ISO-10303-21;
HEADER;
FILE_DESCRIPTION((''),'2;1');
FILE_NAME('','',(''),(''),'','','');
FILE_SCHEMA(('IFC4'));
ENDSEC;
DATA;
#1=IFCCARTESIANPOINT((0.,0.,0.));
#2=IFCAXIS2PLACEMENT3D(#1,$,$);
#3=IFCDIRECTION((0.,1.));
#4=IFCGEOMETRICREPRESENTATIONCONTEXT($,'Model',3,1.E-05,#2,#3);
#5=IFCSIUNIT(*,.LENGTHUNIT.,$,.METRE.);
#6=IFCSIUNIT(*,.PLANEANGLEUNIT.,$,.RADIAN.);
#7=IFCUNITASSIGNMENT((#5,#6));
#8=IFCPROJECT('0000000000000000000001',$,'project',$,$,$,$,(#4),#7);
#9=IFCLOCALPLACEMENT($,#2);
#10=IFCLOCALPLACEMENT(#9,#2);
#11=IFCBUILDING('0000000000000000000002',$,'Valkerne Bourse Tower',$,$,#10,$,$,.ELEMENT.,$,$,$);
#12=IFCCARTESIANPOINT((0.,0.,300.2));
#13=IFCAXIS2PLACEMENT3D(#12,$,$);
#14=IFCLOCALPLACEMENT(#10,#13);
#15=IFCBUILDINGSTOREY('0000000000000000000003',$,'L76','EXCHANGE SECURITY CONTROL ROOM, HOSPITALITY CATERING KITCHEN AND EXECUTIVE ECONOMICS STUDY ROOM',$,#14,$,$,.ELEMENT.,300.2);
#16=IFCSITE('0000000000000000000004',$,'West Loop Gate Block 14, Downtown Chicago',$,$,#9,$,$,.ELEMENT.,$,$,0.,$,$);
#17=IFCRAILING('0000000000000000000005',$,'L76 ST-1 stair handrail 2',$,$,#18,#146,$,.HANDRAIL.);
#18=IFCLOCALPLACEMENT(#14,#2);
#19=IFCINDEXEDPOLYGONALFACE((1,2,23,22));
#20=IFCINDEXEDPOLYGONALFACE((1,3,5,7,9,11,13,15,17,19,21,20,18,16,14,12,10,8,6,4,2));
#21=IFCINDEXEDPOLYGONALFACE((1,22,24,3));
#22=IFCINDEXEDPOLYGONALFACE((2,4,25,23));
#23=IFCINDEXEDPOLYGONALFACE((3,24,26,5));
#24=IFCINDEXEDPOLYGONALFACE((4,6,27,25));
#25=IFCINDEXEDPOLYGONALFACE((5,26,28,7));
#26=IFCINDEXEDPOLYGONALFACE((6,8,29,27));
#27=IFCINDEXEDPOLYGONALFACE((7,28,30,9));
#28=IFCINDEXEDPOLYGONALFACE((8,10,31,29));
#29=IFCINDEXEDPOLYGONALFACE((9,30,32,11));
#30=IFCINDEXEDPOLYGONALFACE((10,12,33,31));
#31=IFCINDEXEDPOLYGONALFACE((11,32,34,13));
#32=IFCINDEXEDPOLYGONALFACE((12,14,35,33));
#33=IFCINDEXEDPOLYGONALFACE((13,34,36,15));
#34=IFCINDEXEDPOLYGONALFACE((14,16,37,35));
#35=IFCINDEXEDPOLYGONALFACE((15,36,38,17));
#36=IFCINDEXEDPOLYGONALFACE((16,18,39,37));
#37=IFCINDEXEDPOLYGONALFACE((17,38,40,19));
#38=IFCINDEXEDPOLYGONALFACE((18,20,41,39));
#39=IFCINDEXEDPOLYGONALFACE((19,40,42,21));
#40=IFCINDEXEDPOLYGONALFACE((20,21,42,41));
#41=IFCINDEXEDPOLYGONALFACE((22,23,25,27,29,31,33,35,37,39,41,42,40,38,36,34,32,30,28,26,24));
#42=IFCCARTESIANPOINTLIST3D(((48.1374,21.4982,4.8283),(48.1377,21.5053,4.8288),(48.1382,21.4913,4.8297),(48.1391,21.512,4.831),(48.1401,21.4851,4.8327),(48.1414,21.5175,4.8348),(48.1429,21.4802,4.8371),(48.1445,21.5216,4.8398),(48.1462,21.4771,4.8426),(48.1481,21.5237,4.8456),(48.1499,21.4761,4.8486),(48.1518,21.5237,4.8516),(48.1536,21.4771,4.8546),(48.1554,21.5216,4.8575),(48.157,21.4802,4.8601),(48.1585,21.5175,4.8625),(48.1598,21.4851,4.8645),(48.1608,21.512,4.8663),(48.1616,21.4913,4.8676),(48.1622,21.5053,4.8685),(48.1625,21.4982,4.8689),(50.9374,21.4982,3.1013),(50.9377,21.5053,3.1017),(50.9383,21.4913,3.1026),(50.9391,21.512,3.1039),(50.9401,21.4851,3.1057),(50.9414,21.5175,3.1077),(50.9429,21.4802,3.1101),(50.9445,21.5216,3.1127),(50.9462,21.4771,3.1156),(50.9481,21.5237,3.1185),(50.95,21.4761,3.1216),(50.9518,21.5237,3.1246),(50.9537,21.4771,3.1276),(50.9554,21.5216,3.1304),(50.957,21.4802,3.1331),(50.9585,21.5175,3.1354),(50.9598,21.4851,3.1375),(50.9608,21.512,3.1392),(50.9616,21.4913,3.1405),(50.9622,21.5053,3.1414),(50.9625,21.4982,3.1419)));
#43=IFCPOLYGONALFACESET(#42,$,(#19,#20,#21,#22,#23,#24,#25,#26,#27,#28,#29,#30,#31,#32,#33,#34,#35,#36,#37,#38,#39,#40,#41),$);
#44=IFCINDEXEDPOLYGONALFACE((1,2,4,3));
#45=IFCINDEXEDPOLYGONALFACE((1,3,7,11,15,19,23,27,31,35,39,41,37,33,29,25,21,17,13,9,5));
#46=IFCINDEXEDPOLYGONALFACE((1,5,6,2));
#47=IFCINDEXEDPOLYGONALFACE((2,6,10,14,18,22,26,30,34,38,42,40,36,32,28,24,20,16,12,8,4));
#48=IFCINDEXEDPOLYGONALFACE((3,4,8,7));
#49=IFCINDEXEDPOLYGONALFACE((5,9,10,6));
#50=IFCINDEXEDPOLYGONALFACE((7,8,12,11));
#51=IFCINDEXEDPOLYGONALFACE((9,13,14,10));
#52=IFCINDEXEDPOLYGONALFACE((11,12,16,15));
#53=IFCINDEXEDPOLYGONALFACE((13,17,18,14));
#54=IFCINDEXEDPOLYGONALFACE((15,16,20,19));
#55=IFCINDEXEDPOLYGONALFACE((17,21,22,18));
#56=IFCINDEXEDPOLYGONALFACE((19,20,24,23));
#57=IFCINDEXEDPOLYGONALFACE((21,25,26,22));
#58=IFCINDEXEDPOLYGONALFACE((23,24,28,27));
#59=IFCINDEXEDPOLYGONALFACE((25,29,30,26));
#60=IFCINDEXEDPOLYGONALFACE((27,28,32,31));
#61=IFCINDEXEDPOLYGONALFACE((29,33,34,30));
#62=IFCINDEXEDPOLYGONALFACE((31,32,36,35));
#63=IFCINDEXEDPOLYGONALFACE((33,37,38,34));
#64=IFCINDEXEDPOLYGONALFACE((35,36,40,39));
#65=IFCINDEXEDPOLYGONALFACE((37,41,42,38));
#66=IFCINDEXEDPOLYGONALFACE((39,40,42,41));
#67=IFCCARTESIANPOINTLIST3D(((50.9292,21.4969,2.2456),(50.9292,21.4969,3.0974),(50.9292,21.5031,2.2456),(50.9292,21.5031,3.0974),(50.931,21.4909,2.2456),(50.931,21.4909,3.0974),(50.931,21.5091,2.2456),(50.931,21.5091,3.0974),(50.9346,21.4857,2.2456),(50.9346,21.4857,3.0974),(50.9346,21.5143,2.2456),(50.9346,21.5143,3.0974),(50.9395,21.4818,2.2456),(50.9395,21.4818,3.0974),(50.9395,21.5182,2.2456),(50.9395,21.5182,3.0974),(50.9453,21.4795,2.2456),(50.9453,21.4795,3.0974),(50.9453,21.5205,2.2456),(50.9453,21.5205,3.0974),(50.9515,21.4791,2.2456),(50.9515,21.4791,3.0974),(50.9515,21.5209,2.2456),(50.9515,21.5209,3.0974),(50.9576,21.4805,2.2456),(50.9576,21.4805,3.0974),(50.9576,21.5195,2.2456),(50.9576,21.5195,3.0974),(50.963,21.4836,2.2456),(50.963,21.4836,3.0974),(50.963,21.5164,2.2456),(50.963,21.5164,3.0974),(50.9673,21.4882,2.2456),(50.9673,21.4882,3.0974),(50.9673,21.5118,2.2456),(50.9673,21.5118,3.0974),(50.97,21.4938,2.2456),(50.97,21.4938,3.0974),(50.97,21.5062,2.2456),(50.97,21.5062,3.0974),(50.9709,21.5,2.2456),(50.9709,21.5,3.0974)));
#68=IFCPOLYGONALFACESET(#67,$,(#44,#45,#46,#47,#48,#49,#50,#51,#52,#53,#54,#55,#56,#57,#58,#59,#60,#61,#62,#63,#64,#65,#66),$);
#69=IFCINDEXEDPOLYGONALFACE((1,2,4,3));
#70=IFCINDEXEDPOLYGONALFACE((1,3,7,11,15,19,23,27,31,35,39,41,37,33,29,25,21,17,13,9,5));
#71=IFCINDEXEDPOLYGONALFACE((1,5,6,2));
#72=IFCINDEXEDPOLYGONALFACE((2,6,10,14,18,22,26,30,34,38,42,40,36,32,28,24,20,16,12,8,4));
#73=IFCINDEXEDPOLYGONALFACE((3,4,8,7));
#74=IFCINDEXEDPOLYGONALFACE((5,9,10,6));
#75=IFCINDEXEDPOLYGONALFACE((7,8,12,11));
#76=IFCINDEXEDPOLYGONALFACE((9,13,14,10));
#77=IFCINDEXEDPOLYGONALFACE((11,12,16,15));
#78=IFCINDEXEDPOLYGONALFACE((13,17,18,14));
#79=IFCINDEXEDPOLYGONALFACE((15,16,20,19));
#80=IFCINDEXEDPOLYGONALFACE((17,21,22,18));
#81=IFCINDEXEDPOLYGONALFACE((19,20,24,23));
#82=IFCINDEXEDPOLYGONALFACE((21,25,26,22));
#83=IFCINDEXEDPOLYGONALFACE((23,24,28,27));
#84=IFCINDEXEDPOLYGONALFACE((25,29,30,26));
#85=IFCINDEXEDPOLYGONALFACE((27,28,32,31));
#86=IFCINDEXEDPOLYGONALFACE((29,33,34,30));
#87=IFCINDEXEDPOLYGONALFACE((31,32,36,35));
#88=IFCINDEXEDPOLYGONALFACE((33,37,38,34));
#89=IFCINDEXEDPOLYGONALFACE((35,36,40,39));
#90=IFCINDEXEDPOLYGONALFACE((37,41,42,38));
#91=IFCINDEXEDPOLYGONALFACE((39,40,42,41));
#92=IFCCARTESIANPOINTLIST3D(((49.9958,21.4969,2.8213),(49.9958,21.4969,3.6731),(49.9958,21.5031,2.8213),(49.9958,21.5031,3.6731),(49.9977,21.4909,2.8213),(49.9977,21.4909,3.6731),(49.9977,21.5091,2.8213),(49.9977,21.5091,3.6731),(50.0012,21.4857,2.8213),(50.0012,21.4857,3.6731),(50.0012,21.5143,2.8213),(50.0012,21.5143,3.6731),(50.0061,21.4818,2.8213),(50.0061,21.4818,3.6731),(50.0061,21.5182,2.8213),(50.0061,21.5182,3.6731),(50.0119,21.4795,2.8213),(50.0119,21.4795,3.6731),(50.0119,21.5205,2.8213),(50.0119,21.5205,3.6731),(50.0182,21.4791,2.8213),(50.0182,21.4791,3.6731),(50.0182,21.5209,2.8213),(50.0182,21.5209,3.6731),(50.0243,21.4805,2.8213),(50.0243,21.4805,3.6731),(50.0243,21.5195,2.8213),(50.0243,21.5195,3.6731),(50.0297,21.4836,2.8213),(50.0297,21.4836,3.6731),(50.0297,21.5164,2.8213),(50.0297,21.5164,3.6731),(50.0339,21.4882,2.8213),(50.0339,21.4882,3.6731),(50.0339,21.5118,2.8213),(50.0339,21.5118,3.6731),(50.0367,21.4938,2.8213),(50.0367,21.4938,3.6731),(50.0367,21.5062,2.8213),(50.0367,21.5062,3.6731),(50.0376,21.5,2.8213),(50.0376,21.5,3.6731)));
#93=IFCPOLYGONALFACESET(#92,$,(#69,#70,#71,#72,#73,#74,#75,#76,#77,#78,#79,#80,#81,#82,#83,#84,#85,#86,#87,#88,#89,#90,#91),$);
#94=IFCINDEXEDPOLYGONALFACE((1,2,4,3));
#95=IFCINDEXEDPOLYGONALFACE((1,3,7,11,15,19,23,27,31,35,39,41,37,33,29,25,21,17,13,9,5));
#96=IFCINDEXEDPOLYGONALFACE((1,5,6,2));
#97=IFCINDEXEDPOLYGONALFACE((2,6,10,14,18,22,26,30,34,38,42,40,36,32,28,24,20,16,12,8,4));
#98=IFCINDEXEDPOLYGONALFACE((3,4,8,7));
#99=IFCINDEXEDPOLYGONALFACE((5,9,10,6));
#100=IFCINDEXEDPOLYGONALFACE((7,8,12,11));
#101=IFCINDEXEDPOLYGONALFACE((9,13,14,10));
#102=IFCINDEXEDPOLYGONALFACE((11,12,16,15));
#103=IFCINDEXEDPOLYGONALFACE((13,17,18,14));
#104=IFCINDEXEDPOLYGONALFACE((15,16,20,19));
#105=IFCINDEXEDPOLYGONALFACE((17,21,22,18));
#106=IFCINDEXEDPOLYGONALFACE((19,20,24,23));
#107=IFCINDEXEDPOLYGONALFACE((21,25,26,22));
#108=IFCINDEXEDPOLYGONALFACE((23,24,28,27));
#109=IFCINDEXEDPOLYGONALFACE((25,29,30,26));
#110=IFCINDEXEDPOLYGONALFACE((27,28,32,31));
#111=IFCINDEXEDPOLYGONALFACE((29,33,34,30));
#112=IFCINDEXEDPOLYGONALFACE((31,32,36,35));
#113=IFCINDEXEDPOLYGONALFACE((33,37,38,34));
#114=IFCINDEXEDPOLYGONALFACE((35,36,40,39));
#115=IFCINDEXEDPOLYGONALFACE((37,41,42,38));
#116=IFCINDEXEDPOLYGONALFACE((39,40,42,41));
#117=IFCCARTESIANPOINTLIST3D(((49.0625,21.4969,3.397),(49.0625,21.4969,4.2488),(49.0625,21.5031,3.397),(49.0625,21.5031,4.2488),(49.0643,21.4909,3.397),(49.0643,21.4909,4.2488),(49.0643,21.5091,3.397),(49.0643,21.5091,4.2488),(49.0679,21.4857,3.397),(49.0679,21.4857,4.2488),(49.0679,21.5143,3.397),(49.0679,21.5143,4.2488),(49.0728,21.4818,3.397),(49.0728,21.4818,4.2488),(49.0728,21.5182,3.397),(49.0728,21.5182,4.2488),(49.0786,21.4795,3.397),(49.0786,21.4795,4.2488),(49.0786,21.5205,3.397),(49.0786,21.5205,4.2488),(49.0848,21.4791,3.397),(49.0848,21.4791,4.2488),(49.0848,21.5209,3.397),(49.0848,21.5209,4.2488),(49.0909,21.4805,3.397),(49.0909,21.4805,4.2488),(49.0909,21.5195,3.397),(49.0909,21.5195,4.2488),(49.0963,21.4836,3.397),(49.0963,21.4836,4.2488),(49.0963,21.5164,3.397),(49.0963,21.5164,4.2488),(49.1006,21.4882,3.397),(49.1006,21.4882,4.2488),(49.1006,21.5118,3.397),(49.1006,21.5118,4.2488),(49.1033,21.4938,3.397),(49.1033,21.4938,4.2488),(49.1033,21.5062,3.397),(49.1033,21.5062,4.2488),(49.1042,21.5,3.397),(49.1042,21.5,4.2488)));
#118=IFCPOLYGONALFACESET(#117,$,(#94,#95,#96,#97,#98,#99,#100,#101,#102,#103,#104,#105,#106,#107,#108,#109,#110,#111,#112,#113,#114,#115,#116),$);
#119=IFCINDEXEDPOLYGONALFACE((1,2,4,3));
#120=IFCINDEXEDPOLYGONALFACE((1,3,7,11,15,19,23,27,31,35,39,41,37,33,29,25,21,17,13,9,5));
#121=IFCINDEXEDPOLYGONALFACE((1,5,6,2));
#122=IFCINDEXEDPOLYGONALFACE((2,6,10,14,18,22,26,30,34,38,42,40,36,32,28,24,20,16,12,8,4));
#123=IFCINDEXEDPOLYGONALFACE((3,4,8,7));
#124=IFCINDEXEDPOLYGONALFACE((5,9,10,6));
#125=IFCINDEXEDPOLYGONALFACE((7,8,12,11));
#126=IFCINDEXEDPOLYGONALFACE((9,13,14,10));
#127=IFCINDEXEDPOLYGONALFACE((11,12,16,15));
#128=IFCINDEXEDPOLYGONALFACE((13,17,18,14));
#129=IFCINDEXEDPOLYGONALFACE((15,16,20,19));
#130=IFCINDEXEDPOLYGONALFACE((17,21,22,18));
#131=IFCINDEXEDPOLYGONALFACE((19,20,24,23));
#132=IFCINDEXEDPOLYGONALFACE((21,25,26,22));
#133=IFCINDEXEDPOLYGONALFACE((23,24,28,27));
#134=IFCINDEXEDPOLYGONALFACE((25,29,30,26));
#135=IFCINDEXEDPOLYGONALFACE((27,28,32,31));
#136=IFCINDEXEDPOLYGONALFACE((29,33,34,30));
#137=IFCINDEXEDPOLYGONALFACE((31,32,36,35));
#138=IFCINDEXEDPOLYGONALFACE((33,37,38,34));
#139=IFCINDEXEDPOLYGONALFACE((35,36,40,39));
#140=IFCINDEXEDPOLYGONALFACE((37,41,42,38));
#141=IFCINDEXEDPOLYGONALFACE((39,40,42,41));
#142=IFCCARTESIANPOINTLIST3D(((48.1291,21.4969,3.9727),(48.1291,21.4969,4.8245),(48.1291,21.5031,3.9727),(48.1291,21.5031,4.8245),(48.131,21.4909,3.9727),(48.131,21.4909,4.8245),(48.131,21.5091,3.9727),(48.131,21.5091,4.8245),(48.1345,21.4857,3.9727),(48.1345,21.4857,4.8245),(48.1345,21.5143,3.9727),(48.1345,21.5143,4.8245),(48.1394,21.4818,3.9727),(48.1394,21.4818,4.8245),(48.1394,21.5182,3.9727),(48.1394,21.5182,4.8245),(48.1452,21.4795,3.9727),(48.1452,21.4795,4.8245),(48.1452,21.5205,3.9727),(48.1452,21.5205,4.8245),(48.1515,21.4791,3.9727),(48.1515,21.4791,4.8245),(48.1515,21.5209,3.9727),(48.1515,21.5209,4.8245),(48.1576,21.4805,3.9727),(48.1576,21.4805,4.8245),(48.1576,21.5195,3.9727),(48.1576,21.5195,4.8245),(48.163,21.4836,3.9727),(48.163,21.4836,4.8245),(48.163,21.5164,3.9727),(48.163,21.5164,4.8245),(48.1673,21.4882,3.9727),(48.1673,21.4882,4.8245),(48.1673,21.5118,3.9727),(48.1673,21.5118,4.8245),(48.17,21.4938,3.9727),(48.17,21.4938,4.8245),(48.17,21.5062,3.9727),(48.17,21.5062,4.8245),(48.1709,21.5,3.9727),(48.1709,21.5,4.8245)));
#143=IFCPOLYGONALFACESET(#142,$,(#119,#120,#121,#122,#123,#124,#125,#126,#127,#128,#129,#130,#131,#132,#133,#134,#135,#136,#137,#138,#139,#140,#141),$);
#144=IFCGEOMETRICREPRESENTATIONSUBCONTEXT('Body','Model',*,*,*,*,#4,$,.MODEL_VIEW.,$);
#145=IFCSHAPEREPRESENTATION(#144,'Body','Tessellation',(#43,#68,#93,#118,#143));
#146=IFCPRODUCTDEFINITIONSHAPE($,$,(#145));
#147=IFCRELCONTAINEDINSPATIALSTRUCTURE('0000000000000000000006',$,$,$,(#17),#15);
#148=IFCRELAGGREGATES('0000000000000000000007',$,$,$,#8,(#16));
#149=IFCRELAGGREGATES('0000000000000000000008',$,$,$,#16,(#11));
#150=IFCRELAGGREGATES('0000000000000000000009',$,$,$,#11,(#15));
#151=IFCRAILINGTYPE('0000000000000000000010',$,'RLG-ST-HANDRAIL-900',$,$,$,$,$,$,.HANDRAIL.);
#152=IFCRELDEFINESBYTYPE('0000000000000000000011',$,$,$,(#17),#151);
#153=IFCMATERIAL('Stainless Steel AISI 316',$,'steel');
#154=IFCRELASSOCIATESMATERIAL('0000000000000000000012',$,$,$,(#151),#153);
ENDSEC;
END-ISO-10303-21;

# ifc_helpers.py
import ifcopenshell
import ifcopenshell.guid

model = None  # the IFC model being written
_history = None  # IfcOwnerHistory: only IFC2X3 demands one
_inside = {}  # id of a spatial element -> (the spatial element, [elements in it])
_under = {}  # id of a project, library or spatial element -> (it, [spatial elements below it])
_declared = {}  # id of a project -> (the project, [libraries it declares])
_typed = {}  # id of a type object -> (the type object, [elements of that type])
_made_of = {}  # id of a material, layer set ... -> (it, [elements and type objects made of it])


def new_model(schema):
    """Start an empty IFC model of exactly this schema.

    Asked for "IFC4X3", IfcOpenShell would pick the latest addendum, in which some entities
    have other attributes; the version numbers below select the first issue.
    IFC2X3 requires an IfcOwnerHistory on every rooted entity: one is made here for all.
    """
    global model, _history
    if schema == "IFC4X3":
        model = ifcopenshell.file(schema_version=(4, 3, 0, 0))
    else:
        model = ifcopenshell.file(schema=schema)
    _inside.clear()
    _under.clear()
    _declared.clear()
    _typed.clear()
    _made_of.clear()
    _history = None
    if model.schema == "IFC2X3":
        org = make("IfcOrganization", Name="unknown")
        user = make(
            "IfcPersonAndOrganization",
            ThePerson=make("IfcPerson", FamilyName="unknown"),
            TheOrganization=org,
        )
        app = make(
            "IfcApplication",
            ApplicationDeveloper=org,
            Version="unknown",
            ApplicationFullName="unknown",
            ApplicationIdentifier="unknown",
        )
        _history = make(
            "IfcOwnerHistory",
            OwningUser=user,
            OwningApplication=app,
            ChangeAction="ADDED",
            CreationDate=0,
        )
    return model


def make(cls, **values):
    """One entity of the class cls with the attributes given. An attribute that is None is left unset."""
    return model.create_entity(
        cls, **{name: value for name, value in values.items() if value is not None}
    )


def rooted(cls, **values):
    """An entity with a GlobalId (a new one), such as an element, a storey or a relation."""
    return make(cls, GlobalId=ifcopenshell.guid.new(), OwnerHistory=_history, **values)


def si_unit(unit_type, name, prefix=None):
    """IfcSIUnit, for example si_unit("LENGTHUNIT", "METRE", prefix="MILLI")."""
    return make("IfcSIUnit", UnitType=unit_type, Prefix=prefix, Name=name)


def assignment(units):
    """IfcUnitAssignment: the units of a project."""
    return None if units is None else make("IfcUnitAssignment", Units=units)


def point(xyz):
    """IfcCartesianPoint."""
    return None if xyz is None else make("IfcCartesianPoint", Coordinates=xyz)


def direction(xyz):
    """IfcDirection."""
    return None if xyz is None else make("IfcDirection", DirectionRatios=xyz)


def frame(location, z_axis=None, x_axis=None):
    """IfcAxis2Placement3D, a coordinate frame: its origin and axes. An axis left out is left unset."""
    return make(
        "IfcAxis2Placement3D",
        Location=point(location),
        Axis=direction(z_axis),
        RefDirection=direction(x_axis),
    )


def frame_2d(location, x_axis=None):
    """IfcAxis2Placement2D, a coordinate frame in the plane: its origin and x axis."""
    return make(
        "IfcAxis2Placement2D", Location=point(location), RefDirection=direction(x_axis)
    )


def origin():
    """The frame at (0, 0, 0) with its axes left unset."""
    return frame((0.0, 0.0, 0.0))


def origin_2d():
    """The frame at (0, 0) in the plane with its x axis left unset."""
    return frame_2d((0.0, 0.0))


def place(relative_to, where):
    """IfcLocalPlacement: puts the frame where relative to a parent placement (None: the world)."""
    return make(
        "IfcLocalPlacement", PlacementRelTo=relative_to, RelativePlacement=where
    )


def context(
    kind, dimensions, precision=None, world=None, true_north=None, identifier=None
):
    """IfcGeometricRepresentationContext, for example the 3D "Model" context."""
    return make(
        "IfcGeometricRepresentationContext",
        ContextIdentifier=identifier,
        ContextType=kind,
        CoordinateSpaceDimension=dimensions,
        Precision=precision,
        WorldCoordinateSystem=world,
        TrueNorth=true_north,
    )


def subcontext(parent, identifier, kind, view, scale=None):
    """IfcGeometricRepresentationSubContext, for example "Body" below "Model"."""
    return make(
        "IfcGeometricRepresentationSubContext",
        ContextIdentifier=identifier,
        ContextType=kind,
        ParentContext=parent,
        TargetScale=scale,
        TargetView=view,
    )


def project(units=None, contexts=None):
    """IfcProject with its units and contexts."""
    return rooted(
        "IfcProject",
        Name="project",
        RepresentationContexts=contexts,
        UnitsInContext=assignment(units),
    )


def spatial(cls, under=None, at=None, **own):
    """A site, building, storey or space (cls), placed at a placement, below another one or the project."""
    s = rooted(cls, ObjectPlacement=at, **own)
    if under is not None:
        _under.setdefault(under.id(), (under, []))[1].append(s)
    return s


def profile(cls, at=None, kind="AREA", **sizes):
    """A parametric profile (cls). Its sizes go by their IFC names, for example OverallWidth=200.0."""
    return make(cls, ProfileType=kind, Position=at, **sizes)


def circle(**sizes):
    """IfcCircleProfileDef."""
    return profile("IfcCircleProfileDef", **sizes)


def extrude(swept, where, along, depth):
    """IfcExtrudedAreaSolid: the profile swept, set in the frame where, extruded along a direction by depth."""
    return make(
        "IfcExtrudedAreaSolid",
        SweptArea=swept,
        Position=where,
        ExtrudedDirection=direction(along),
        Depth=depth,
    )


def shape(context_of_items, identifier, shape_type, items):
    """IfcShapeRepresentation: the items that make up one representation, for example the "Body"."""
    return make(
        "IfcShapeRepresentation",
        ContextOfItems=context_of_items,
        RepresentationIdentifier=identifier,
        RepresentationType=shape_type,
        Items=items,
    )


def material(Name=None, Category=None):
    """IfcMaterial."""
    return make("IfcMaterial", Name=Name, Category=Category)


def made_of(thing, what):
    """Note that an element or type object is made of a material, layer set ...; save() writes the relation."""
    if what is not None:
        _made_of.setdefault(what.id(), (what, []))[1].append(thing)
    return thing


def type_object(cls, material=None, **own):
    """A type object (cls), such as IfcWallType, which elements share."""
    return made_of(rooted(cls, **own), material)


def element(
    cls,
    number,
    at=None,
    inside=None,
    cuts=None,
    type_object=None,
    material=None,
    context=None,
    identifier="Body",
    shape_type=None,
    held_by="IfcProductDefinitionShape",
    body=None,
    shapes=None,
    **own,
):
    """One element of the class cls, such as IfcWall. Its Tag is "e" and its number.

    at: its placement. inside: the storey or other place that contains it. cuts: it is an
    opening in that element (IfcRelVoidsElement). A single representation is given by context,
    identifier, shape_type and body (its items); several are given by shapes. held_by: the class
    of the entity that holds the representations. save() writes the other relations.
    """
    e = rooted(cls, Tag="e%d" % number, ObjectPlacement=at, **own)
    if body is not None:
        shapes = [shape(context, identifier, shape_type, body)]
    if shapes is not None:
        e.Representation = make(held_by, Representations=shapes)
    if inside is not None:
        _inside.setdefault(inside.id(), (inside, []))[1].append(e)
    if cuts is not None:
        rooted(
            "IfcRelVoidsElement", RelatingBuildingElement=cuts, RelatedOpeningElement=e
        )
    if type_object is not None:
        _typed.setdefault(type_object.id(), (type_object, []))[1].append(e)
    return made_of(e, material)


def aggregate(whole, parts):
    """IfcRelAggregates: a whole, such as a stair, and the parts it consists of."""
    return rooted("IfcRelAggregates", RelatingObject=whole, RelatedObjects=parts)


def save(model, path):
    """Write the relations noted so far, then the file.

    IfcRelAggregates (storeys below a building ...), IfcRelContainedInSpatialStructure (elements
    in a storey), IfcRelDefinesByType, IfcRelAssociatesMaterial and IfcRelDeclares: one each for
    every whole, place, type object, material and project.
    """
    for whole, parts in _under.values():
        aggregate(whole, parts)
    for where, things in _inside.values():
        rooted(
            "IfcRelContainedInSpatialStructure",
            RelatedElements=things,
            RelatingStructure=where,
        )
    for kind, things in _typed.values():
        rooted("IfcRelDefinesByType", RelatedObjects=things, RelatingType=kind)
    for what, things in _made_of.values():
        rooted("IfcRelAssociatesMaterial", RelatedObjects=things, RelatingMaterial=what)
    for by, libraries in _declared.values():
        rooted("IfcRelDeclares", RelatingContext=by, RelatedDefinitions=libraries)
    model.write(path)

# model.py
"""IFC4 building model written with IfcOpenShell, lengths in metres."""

from ifc_helpers import new_model, si_unit, direction, frame, origin, origin_2d, place, context, subcontext, project, spatial, circle, extrude, material, type_object, element, save


model = new_model("IFC4")

# Units and contexts
model_context = context("Model", 3, precision=1e-05, world=origin(), true_north=direction((0.0, 1.0)))
body_context = subcontext(model_context, "Body", "Model", "MODEL_VIEW")
ifc_project = project(units=[si_unit("LENGTHUNIT", "METRE"), si_unit("PLANEANGLEUNIT", "RADIAN")], contexts=[model_context])

# Site, building, storey
site_placement = place(None, origin())
site = spatial("IfcSite", under=ifc_project, at=site_placement, Name="West Loop Gate Block 14, Downtown Chicago", CompositionType="ELEMENT", RefElevation=0.0)
building_placement = place(site_placement, origin())
building = spatial("IfcBuilding", under=site, at=building_placement, Name="Valkerne Bourse Tower", CompositionType="ELEMENT")
storey_placement = place(building_placement, frame((0.0, 0.0, 300.2)))
storey = spatial("IfcBuildingStorey", under=building, at=storey_placement, Name="L76", Description="EXCHANGE SECURITY CONTROL ROOM, HOSPITALITY CATERING KITCHEN AND EXECUTIVE ECONOMICS STUDY ROOM", CompositionType="ELEMENT", Elevation=300.2)

# Shared definitions
ifc_material_1 = material(Name="Stainless Steel AISI 316", Category="steel")

# Railing
railing_type_1 = type_object("IfcRailingType", Name="RLG-ST-HANDRAIL-900", PredefinedType="HANDRAIL", material=ifc_material_1)
railing_1_placement = place(storey_placement, frame((50.95, 21.5, 2.2456)))
element("IfcRailing", 1, at=railing_1_placement, inside=storey, type_object=railing_type_1, Name="L76 ST-1 stair handrail 2", PredefinedType="HANDRAIL", context=body_context, shape_type="SweptSolid", body=[
    extrude(circle(Radius=0.0239, at=origin_2d()), frame((0.0, 0.0, 0.876), z_axis=(-0.851123, 0.0, 0.524967), x_axis=(0.0, -1.0, 0.0)), (0.0, 0.0, 1.0), 3.2898),
    extrude(circle(Radius=0.021, at=origin_2d()), origin(), (0.0, 0.0, 1.0), 0.8518),
    extrude(circle(Radius=0.021, at=origin_2d()), frame((-0.9333, 0.0, 0.5757)), (0.0, 0.0, 1.0), 0.8518),
    extrude(circle(Radius=0.021, at=origin_2d()), frame((-1.8667, 0.0, 1.1514)), (0.0, 0.0, 1.0), 0.8518),
    extrude(circle(Radius=0.021, at=origin_2d()), frame((-2.8, 0.0, 1.7271)), (0.0, 0.0, 1.0), 0.8518),
])

save(model, "model.ifc")
